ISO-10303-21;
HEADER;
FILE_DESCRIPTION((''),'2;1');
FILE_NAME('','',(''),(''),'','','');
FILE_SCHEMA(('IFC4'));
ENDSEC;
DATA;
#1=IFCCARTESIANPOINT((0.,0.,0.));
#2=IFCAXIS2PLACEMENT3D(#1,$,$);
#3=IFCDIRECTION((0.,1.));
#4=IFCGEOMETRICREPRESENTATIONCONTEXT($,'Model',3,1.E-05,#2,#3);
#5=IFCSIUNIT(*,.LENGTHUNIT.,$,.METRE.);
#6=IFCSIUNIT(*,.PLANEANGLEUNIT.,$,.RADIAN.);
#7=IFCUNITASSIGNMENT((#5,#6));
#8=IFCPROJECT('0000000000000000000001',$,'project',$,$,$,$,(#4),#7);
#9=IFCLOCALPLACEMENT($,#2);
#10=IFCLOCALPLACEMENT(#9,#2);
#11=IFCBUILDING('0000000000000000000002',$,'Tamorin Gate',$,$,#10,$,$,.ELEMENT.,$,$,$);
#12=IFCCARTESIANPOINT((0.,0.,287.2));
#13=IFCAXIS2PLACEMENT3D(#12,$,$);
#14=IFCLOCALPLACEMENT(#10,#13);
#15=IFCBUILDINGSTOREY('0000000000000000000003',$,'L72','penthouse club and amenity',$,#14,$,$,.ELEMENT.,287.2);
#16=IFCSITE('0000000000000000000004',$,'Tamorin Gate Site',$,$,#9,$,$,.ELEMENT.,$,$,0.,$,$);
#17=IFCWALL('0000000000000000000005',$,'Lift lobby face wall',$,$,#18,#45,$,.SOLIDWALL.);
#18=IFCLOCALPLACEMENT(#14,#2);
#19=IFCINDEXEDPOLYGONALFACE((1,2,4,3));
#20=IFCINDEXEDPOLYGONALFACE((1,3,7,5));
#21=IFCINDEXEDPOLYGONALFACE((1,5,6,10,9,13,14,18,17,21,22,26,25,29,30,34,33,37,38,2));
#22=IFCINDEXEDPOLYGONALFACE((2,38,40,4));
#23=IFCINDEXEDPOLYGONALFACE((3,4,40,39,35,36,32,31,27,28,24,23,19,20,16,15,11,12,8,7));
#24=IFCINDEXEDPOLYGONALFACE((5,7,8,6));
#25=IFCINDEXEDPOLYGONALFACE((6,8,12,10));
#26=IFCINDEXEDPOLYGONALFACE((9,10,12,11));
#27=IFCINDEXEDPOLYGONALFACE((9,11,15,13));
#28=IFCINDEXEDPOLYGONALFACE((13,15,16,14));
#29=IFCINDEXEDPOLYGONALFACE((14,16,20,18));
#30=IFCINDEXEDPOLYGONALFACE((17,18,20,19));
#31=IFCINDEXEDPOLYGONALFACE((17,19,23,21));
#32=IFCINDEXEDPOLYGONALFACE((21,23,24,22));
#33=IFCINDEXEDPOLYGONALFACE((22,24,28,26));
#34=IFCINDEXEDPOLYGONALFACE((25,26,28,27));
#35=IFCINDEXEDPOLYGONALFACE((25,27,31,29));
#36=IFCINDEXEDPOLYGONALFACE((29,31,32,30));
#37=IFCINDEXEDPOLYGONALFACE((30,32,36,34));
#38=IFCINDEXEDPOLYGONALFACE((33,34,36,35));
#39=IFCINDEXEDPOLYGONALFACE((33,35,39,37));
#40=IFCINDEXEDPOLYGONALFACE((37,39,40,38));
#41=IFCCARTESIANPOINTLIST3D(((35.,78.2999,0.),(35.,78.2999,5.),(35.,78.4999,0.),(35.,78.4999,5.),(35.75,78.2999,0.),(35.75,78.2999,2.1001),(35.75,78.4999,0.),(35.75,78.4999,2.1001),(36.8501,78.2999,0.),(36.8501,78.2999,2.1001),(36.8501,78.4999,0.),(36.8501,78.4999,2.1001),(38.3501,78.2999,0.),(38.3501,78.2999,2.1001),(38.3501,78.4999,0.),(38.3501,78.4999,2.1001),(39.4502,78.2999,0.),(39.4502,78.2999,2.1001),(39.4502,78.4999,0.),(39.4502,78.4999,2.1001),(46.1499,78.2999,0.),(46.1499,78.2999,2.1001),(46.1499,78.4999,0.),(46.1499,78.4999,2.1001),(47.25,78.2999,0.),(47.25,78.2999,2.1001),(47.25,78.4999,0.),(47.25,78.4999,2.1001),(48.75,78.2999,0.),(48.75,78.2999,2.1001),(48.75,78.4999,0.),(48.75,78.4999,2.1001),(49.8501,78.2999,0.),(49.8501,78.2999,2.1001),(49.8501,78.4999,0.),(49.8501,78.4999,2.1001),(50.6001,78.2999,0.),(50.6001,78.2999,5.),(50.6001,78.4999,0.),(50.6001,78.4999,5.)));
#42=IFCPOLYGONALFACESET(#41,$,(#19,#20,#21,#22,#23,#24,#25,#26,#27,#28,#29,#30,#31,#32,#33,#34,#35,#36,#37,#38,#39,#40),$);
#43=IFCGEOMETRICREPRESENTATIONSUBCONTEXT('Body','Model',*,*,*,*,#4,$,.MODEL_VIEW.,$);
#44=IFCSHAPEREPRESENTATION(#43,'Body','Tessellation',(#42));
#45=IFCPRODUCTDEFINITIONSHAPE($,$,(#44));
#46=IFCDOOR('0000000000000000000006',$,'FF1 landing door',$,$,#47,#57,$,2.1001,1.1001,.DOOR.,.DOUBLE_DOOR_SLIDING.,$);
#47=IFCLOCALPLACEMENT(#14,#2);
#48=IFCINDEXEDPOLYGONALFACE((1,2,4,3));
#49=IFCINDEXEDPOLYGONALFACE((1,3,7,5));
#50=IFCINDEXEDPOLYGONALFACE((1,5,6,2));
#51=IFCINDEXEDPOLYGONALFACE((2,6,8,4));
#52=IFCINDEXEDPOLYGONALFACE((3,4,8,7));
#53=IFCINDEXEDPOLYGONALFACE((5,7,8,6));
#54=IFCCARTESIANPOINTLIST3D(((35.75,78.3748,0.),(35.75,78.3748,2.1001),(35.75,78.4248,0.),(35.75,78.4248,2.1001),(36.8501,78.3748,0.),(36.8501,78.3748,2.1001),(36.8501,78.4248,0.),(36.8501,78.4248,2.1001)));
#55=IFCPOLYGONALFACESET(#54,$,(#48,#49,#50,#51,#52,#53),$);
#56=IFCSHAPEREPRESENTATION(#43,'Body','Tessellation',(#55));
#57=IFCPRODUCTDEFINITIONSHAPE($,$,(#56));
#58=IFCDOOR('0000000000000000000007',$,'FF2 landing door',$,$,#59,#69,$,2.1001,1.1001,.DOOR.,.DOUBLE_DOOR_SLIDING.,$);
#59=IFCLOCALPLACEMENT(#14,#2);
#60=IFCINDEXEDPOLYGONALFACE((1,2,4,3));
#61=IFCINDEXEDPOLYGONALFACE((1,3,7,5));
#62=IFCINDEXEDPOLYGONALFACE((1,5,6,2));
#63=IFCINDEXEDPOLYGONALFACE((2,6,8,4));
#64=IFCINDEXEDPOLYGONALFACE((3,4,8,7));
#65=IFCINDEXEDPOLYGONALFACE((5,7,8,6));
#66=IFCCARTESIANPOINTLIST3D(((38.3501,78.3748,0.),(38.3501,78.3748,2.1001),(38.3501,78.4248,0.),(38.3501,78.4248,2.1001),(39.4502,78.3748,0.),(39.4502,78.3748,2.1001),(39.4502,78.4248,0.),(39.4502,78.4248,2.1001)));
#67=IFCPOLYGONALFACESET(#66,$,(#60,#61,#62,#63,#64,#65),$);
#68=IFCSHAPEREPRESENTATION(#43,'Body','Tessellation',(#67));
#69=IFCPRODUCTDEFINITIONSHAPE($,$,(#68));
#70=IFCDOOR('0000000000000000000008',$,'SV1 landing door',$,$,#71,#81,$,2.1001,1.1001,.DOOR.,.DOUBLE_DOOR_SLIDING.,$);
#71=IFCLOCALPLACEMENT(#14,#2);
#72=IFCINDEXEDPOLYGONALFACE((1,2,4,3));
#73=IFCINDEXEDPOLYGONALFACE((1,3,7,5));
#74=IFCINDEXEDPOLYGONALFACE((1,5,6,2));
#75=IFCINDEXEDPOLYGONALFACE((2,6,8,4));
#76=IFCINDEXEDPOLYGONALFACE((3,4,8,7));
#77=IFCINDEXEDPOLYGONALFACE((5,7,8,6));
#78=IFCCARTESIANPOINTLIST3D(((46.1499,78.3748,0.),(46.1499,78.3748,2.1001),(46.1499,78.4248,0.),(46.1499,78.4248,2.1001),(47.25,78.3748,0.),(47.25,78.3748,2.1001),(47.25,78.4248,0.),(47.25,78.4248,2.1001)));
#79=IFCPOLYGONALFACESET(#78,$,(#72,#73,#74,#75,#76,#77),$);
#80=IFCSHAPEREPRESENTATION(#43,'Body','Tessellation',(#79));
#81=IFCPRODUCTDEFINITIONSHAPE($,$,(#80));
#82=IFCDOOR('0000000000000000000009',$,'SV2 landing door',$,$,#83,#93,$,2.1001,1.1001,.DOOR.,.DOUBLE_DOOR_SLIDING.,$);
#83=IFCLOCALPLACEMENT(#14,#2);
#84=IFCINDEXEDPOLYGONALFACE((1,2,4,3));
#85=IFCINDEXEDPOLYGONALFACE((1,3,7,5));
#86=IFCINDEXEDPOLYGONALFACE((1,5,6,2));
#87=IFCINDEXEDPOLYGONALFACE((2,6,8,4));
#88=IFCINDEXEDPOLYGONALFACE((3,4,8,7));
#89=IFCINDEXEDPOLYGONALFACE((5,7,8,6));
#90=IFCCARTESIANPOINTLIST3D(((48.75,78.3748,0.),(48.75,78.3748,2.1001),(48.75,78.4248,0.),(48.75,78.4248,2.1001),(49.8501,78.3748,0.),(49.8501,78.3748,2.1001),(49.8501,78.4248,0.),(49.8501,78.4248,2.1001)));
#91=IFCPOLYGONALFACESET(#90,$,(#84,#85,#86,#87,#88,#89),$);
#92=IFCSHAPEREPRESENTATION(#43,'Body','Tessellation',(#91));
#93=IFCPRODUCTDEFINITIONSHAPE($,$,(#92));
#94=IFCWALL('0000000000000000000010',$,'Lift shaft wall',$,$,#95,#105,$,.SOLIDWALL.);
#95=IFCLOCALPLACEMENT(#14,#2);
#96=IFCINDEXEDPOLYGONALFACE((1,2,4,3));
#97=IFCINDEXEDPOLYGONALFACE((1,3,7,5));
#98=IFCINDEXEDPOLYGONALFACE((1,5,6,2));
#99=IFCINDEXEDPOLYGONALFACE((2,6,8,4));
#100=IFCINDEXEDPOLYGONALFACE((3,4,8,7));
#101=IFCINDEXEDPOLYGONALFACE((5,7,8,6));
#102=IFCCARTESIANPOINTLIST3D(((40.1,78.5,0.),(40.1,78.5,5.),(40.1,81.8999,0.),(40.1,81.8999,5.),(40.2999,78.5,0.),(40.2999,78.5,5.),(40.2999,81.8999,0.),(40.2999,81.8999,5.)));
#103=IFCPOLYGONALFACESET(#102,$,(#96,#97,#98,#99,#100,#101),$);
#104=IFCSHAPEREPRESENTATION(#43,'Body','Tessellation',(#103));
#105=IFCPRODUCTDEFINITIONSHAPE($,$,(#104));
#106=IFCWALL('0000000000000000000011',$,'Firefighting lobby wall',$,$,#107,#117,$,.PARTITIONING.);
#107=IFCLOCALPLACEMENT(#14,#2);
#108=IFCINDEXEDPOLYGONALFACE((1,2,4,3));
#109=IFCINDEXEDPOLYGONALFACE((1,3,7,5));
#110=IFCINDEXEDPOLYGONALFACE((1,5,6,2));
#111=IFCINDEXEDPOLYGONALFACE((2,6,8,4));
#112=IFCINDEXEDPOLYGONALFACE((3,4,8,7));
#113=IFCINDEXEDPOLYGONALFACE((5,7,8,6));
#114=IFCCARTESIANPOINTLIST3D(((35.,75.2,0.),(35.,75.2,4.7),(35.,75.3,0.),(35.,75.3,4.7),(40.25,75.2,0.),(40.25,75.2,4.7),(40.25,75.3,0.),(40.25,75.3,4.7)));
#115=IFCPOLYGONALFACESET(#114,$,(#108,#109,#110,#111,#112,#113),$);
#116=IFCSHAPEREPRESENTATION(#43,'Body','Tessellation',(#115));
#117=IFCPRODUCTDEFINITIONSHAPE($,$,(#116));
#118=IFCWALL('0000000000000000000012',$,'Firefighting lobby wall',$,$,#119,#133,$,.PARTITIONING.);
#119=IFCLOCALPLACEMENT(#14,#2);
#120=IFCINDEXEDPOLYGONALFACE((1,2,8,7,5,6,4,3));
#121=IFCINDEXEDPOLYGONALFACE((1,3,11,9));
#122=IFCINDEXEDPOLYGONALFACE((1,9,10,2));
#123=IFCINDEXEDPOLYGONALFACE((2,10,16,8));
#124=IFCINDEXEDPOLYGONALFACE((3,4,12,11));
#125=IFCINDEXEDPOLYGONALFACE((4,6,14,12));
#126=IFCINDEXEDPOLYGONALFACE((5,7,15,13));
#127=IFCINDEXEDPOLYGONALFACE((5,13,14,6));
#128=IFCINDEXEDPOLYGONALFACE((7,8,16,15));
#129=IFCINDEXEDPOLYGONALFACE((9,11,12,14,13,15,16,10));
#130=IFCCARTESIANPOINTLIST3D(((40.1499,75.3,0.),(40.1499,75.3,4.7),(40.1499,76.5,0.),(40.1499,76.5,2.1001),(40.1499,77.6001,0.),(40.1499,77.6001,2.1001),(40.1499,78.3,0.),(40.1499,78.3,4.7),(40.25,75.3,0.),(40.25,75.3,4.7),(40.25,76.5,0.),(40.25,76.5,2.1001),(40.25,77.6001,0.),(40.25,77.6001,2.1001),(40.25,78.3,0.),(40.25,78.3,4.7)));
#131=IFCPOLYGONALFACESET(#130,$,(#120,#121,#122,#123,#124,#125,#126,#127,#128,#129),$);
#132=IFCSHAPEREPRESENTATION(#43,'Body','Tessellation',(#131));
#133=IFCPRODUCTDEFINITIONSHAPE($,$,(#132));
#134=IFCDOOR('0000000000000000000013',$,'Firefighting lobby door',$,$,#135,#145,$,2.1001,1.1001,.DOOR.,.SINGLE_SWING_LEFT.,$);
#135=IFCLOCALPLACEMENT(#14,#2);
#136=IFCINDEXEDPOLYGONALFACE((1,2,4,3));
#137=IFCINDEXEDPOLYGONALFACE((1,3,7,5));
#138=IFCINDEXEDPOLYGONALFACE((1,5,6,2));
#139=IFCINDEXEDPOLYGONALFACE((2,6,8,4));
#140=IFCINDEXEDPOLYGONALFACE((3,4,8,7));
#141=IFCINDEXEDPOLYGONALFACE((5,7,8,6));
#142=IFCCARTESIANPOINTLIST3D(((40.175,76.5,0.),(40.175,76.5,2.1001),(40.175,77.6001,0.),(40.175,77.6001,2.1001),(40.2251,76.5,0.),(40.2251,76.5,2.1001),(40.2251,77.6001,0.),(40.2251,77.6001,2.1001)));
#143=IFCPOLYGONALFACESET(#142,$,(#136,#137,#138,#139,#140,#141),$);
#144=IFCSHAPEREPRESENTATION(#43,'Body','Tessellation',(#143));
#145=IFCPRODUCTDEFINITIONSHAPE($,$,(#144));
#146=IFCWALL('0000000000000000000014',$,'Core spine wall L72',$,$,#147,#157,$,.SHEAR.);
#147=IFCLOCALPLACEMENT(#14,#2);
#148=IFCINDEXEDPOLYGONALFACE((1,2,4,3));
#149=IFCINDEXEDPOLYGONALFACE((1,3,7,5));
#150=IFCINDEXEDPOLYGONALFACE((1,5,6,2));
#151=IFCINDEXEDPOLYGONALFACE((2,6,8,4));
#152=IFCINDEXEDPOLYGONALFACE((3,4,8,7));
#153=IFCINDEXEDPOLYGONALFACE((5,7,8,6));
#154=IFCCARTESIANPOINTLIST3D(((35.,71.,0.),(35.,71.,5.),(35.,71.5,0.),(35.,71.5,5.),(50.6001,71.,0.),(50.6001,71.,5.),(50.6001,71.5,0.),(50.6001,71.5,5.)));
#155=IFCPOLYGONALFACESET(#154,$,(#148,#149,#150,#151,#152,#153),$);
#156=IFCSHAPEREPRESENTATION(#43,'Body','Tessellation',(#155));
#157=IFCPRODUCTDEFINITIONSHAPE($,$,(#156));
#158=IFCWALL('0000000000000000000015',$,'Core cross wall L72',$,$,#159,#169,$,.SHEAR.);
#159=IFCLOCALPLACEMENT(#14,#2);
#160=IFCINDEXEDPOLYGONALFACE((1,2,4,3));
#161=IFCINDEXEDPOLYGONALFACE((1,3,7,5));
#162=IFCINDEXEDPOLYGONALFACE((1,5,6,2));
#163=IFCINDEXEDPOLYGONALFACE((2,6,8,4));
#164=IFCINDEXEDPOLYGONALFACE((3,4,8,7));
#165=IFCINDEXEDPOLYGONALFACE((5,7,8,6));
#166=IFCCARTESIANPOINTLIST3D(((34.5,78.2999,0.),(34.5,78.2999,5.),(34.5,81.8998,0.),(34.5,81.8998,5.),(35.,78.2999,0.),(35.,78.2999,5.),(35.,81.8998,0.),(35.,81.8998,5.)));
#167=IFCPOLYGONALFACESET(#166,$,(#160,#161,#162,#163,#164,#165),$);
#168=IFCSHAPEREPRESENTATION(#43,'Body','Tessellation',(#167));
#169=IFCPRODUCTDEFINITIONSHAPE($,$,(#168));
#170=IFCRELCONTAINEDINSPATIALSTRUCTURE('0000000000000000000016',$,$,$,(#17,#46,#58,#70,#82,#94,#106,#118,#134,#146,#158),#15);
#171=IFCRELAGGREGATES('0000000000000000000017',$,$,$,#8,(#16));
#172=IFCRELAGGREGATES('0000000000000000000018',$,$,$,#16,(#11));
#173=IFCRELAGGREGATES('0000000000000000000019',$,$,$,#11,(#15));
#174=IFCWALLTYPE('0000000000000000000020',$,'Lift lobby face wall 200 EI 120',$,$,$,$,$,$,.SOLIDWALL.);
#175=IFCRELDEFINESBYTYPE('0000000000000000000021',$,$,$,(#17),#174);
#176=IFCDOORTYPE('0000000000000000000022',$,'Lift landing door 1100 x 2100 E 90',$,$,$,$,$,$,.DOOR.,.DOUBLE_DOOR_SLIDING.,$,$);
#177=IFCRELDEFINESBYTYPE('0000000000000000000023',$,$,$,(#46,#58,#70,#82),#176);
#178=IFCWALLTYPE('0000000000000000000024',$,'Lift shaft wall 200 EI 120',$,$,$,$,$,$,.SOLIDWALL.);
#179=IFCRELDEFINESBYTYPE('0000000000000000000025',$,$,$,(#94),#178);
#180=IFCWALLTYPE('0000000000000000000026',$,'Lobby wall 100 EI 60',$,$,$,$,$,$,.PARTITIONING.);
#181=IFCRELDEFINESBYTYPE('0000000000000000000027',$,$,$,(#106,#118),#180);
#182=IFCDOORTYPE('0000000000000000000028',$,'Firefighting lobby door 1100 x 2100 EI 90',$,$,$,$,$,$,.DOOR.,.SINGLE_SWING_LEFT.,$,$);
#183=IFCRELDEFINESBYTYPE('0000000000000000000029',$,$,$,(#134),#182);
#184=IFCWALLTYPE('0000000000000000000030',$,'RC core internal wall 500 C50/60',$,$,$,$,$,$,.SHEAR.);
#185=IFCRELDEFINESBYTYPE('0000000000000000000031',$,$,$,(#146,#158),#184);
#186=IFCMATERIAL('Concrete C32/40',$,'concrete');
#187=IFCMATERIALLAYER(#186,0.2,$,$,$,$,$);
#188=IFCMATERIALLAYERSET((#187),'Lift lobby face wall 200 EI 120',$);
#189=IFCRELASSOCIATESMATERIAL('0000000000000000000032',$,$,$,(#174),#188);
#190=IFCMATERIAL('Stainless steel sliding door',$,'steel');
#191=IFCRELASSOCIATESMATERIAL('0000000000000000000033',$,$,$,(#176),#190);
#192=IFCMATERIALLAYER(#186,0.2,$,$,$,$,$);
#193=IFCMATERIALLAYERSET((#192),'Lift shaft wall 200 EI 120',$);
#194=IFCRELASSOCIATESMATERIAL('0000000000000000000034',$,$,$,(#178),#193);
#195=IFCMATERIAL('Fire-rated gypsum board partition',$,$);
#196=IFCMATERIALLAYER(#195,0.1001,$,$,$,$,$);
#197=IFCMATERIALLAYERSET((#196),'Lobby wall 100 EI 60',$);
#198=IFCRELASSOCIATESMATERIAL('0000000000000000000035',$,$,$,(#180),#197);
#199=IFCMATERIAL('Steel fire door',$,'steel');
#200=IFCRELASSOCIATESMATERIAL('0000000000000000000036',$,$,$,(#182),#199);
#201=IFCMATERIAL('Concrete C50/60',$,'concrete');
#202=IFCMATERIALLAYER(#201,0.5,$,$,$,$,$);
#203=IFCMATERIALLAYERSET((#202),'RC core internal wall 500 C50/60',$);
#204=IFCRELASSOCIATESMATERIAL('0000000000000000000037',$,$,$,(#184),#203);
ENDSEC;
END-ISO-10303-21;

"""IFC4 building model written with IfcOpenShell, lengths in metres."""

from ifc_helpers import new_model, si_unit, direction, frame, frame_2d, origin, place, context, subcontext, project, spatial, rectangle, extrude, material, layer, layer_set, type_object, element, fill, save


model = new_model("IFC4")

# Units and contexts
model_context = context("Model", 3, precision=1e-05, world=origin(), true_north=direction((0.0, 1.0)))
body_context = subcontext(model_context, "Body", "Model", "MODEL_VIEW")
ifc_project = project(units=[si_unit("LENGTHUNIT", "METRE"), si_unit("PLANEANGLEUNIT", "RADIAN")], contexts=[model_context])

# Site, building, storey
site_placement = place(None, origin())
site = spatial("IfcSite", under=ifc_project, at=site_placement, Name="Tamorin Gate Site", CompositionType="ELEMENT", RefElevation=0.0)
building_placement = place(site_placement, origin())
building = spatial("IfcBuilding", under=site, at=building_placement, Name="Tamorin Gate", CompositionType="ELEMENT")
storey_placement = place(building_placement, frame((0.0, 0.0, 287.2)))
storey = spatial("IfcBuildingStorey", under=building, at=storey_placement, Name="L72", Description="penthouse club and amenity", CompositionType="ELEMENT", Elevation=287.2)

# Wall, openings, doors
ifc_material_1 = material(Name="Concrete C32/40", Category="concrete")
ifc_layer_1 = layer(ifc_material_1, 0.2)
ifc_layer_set_1 = layer_set([ifc_layer_1], Name="Lift lobby face wall 200 EI 120")
wall_type_1 = type_object("IfcWallType", Name="Lift lobby face wall 200 EI 120", PredefinedType="SOLIDWALL", material=ifc_layer_set_1)
ifc_material_2 = material(Name="Stainless steel sliding door", Category="steel")
door_type_1 = type_object("IfcDoorType", Name="Lift landing door 1100 x 2100 E 90", OperationType="DOUBLE_DOOR_SLIDING", PredefinedType="DOOR", material=ifc_material_2)
wall_1_placement = place(storey_placement, frame((35.0, 78.3999, 0.0), z_axis=(0.0, 0.0, 1.0), x_axis=(1.0, 0.0, 0.0)))
wall_1 = element("IfcWall", 1, at=wall_1_placement, inside=storey, type_object=wall_type_1, Name="Lift lobby face wall", PredefinedType="SOLIDWALL", context=body_context, shape_type="SweptSolid", body=[
    extrude(rectangle(XDim=15.6001, YDim=0.2, at=frame_2d((7.8, 0.0))), origin(), (0.0, 0.0, 1.0), 5.0),
])
opening_1_placement = place(wall_1_placement, frame((0.75, 0.0, 0.0)))
opening_1 = element("IfcOpeningElement", 2, at=opening_1_placement, cuts=wall_1, PredefinedType="OPENING", context=body_context, shape_type="SweptSolid", body=[
    extrude(rectangle(XDim=1.1001, YDim=2.1001, at=frame_2d((0.55, 1.05))), frame((0.0, 0.1099, 0.0), z_axis=(0.0, -1.0, 0.0), x_axis=(1.0, 0.0, 0.0)), (0.0, 0.0, 1.0), 0.22),
])
opening_2_placement = place(wall_1_placement, frame((3.3501, 0.0, 0.0)))
opening_2 = element("IfcOpeningElement", 3, at=opening_2_placement, cuts=wall_1, PredefinedType="OPENING", context=body_context, shape_type="SweptSolid", body=[
    extrude(rectangle(XDim=1.1001, YDim=2.1001, at=frame_2d((0.55, 1.05))), frame((0.0, 0.1099, 0.0), z_axis=(0.0, -1.0, 0.0), x_axis=(1.0, 0.0, 0.0)), (0.0, 0.0, 1.0), 0.22),
])
opening_3_placement = place(wall_1_placement, frame((11.1499, 0.0, 0.0)))
opening_3 = element("IfcOpeningElement", 4, at=opening_3_placement, cuts=wall_1, PredefinedType="OPENING", context=body_context, shape_type="SweptSolid", body=[
    extrude(rectangle(XDim=1.1001, YDim=2.1001, at=frame_2d((0.55, 1.05))), frame((0.0, 0.1099, 0.0), z_axis=(0.0, -1.0, 0.0), x_axis=(1.0, 0.0, 0.0)), (0.0, 0.0, 1.0), 0.22),
])
opening_4_placement = place(wall_1_placement, frame((13.75, 0.0, 0.0)))
opening_4 = element("IfcOpeningElement", 5, at=opening_4_placement, cuts=wall_1, PredefinedType="OPENING", context=body_context, shape_type="SweptSolid", body=[
    extrude(rectangle(XDim=1.1001, YDim=2.1001, at=frame_2d((0.55, 1.05))), frame((0.0, 0.1099, 0.0), z_axis=(0.0, -1.0, 0.0), x_axis=(1.0, 0.0, 0.0)), (0.0, 0.0, 1.0), 0.22),
])
door_1_placement = place(opening_1_placement, origin())
door_1 = element("IfcDoor", 6, at=door_1_placement, inside=storey, type_object=door_type_1, Name="FF1 landing door", OperationType="DOUBLE_DOOR_SLIDING", OverallHeight=2.1001, OverallWidth=1.1001, PredefinedType="DOOR", context=body_context, shape_type="SweptSolid", body=[
    extrude(rectangle(XDim=1.1001, YDim=2.1001, at=frame_2d((0.55, 1.05))), frame((0.0, 0.0249, 0.0), z_axis=(0.0, -1.0, 0.0), x_axis=(1.0, 0.0, 0.0)), (0.0, 0.0, 1.0), 0.05),
])
fill(opening_1, door_1)
door_2_placement = place(opening_2_placement, origin())
door_2 = element("IfcDoor", 7, at=door_2_placement, inside=storey, type_object=door_type_1, Name="FF2 landing door", OperationType="DOUBLE_DOOR_SLIDING", OverallHeight=2.1001, OverallWidth=1.1001, PredefinedType="DOOR", context=body_context, shape_type="SweptSolid", body=[
    extrude(rectangle(XDim=1.1001, YDim=2.1001, at=frame_2d((0.55, 1.05))), frame((0.0, 0.0249, 0.0), z_axis=(0.0, -1.0, 0.0), x_axis=(1.0, 0.0, 0.0)), (0.0, 0.0, 1.0), 0.05),
])
fill(opening_2, door_2)
door_3_placement = place(opening_3_placement, origin())
door_3 = element("IfcDoor", 8, at=door_3_placement, inside=storey, type_object=door_type_1, Name="SV1 landing door", OperationType="DOUBLE_DOOR_SLIDING", OverallHeight=2.1001, OverallWidth=1.1001, PredefinedType="DOOR", context=body_context, shape_type="SweptSolid", body=[
    extrude(rectangle(XDim=1.1001, YDim=2.1001, at=frame_2d((0.55, 1.05))), frame((0.0, 0.0249, 0.0), z_axis=(0.0, -1.0, 0.0), x_axis=(1.0, 0.0, 0.0)), (0.0, 0.0, 1.0), 0.05),
])
fill(opening_3, door_3)
door_4_placement = place(opening_4_placement, origin())
door_4 = element("IfcDoor", 9, at=door_4_placement, inside=storey, type_object=door_type_1, Name="SV2 landing door", OperationType="DOUBLE_DOOR_SLIDING", OverallHeight=2.1001, OverallWidth=1.1001, PredefinedType="DOOR", context=body_context, shape_type="SweptSolid", body=[
    extrude(rectangle(XDim=1.1001, YDim=2.1001, at=frame_2d((0.55, 1.05))), frame((0.0, 0.0249, 0.0), z_axis=(0.0, -1.0, 0.0), x_axis=(1.0, 0.0, 0.0)), (0.0, 0.0, 1.0), 0.05),
])
fill(opening_4, door_4)

# Walls
ifc_layer_2 = layer(ifc_material_1, 0.2)
ifc_layer_set_2 = layer_set([ifc_layer_2], Name="Lift shaft wall 200 EI 120")
wall_type_2 = type_object("IfcWallType", Name="Lift shaft wall 200 EI 120", PredefinedType="SOLIDWALL", material=ifc_layer_set_2)
wall_2_placement = place(storey_placement, frame((40.2, 78.5, 0.0), z_axis=(0.0, 0.0, 1.0), x_axis=(0.0, 1.0, 0.0)))
element("IfcWall", 10, at=wall_2_placement, inside=storey, type_object=wall_type_2, Name="Lift shaft wall", PredefinedType="SOLIDWALL", context=body_context, shape_type="SweptSolid", body=[
    extrude(rectangle(XDim=3.3999, YDim=0.2, at=frame_2d((1.7, 0.0))), origin(), (0.0, 0.0, 1.0), 5.0),
])
ifc_material_3 = material(Name="Fire-rated gypsum board partition")
ifc_layer_3 = layer(ifc_material_3, 0.1001)
ifc_layer_set_3 = layer_set([ifc_layer_3], Name="Lobby wall 100 EI 60")
wall_type_3 = type_object("IfcWallType", Name="Lobby wall 100 EI 60", PredefinedType="PARTITIONING", material=ifc_layer_set_3)
wall_3_placement = place(storey_placement, frame((35.0, 75.25, 0.0), z_axis=(0.0, 0.0, 1.0), x_axis=(1.0, 0.0, 0.0)))
element("IfcWall", 11, at=wall_3_placement, inside=storey, type_object=wall_type_3, Name="Firefighting lobby wall", PredefinedType="PARTITIONING", context=body_context, shape_type="SweptSolid", body=[
    extrude(rectangle(XDim=5.25, YDim=0.1001, at=frame_2d((2.625, 0.0))), origin(), (0.0, 0.0, 1.0), 4.7),
])

# Wall, opening, door
wall_4_placement = place(storey_placement, frame((40.2, 75.3, 0.0), z_axis=(0.0, 0.0, 1.0), x_axis=(0.0, 1.0, 0.0)))
wall_4 = element("IfcWall", 12, at=wall_4_placement, inside=storey, type_object=wall_type_3, Name="Firefighting lobby wall", PredefinedType="PARTITIONING", context=body_context, shape_type="SweptSolid", body=[
    extrude(rectangle(XDim=3.0, YDim=0.1001, at=frame_2d((1.5, 0.0))), origin(), (0.0, 0.0, 1.0), 4.7),
])
opening_5_placement = place(wall_4_placement, frame((1.2, 0.0, 0.0)))
opening_5 = element("IfcOpeningElement", 13, at=opening_5_placement, cuts=wall_4, PredefinedType="OPENING", context=body_context, shape_type="SweptSolid", body=[
    extrude(rectangle(XDim=1.1001, YDim=2.1001, at=frame_2d((0.55, 1.05))), frame((0.0, 0.0601, 0.0), z_axis=(0.0, -1.0, 0.0), x_axis=(1.0, 0.0, 0.0)), (0.0, 0.0, 1.0), 0.1201),
])
ifc_material_4 = material(Name="Steel fire door", Category="steel")
door_type_2 = type_object("IfcDoorType", Name="Firefighting lobby door 1100 x 2100 EI 90", OperationType="SINGLE_SWING_LEFT", PredefinedType="DOOR", material=ifc_material_4)
door_5_placement = place(opening_5_placement, origin())
door_5 = element("IfcDoor", 14, at=door_5_placement, inside=storey, type_object=door_type_2, Name="Firefighting lobby door", OperationType="SINGLE_SWING_LEFT", OverallHeight=2.1001, OverallWidth=1.1001, PredefinedType="DOOR", context=body_context, shape_type="SweptSolid", body=[
    extrude(rectangle(XDim=1.1001, YDim=2.1001, at=frame_2d((0.55, 1.05))), frame((0.0, 0.0249, 0.0), z_axis=(0.0, -1.0, 0.0), x_axis=(1.0, 0.0, 0.0)), (0.0, 0.0, 1.0), 0.05),
])
fill(opening_5, door_5)

# Walls
ifc_material_5 = material(Name="Concrete C50/60", Category="concrete")
ifc_layer_4 = layer(ifc_material_5, 0.5)
ifc_layer_set_4 = layer_set([ifc_layer_4], Name="RC core internal wall 500 C50/60")
wall_type_4 = type_object("IfcWallType", Name="RC core internal wall 500 C50/60", PredefinedType="SHEAR", material=ifc_layer_set_4)
wall_5_placement = place(storey_placement, frame((35.0, 71.25, 0.0), z_axis=(0.0, 0.0, 1.0), x_axis=(1.0, 0.0, 0.0)))
element("IfcWall", 15, at=wall_5_placement, inside=storey, type_object=wall_type_4, Name="Core spine wall L72", PredefinedType="SHEAR", context=body_context, shape_type="SweptSolid", body=[
    extrude(rectangle(XDim=15.6001, YDim=0.5, at=frame_2d((7.8, 0.0))), origin(), (0.0, 0.0, 1.0), 5.0),
])
wall_6_placement = place(storey_placement, frame((34.75, 78.3, 0.0), z_axis=(0.0, 0.0, 1.0), x_axis=(0.0, 1.0, 0.0)))
element("IfcWall", 16, at=wall_6_placement, inside=storey, type_object=wall_type_4, Name="Core cross wall L72", PredefinedType="SHEAR", context=body_context, shape_type="SweptSolid", body=[
    extrude(rectangle(XDim=3.5999, YDim=0.5, at=frame_2d((1.7998, 0.0))), origin(), (0.0, 0.0, 1.0), 5.0),
])

save(model, "model.ifc")
